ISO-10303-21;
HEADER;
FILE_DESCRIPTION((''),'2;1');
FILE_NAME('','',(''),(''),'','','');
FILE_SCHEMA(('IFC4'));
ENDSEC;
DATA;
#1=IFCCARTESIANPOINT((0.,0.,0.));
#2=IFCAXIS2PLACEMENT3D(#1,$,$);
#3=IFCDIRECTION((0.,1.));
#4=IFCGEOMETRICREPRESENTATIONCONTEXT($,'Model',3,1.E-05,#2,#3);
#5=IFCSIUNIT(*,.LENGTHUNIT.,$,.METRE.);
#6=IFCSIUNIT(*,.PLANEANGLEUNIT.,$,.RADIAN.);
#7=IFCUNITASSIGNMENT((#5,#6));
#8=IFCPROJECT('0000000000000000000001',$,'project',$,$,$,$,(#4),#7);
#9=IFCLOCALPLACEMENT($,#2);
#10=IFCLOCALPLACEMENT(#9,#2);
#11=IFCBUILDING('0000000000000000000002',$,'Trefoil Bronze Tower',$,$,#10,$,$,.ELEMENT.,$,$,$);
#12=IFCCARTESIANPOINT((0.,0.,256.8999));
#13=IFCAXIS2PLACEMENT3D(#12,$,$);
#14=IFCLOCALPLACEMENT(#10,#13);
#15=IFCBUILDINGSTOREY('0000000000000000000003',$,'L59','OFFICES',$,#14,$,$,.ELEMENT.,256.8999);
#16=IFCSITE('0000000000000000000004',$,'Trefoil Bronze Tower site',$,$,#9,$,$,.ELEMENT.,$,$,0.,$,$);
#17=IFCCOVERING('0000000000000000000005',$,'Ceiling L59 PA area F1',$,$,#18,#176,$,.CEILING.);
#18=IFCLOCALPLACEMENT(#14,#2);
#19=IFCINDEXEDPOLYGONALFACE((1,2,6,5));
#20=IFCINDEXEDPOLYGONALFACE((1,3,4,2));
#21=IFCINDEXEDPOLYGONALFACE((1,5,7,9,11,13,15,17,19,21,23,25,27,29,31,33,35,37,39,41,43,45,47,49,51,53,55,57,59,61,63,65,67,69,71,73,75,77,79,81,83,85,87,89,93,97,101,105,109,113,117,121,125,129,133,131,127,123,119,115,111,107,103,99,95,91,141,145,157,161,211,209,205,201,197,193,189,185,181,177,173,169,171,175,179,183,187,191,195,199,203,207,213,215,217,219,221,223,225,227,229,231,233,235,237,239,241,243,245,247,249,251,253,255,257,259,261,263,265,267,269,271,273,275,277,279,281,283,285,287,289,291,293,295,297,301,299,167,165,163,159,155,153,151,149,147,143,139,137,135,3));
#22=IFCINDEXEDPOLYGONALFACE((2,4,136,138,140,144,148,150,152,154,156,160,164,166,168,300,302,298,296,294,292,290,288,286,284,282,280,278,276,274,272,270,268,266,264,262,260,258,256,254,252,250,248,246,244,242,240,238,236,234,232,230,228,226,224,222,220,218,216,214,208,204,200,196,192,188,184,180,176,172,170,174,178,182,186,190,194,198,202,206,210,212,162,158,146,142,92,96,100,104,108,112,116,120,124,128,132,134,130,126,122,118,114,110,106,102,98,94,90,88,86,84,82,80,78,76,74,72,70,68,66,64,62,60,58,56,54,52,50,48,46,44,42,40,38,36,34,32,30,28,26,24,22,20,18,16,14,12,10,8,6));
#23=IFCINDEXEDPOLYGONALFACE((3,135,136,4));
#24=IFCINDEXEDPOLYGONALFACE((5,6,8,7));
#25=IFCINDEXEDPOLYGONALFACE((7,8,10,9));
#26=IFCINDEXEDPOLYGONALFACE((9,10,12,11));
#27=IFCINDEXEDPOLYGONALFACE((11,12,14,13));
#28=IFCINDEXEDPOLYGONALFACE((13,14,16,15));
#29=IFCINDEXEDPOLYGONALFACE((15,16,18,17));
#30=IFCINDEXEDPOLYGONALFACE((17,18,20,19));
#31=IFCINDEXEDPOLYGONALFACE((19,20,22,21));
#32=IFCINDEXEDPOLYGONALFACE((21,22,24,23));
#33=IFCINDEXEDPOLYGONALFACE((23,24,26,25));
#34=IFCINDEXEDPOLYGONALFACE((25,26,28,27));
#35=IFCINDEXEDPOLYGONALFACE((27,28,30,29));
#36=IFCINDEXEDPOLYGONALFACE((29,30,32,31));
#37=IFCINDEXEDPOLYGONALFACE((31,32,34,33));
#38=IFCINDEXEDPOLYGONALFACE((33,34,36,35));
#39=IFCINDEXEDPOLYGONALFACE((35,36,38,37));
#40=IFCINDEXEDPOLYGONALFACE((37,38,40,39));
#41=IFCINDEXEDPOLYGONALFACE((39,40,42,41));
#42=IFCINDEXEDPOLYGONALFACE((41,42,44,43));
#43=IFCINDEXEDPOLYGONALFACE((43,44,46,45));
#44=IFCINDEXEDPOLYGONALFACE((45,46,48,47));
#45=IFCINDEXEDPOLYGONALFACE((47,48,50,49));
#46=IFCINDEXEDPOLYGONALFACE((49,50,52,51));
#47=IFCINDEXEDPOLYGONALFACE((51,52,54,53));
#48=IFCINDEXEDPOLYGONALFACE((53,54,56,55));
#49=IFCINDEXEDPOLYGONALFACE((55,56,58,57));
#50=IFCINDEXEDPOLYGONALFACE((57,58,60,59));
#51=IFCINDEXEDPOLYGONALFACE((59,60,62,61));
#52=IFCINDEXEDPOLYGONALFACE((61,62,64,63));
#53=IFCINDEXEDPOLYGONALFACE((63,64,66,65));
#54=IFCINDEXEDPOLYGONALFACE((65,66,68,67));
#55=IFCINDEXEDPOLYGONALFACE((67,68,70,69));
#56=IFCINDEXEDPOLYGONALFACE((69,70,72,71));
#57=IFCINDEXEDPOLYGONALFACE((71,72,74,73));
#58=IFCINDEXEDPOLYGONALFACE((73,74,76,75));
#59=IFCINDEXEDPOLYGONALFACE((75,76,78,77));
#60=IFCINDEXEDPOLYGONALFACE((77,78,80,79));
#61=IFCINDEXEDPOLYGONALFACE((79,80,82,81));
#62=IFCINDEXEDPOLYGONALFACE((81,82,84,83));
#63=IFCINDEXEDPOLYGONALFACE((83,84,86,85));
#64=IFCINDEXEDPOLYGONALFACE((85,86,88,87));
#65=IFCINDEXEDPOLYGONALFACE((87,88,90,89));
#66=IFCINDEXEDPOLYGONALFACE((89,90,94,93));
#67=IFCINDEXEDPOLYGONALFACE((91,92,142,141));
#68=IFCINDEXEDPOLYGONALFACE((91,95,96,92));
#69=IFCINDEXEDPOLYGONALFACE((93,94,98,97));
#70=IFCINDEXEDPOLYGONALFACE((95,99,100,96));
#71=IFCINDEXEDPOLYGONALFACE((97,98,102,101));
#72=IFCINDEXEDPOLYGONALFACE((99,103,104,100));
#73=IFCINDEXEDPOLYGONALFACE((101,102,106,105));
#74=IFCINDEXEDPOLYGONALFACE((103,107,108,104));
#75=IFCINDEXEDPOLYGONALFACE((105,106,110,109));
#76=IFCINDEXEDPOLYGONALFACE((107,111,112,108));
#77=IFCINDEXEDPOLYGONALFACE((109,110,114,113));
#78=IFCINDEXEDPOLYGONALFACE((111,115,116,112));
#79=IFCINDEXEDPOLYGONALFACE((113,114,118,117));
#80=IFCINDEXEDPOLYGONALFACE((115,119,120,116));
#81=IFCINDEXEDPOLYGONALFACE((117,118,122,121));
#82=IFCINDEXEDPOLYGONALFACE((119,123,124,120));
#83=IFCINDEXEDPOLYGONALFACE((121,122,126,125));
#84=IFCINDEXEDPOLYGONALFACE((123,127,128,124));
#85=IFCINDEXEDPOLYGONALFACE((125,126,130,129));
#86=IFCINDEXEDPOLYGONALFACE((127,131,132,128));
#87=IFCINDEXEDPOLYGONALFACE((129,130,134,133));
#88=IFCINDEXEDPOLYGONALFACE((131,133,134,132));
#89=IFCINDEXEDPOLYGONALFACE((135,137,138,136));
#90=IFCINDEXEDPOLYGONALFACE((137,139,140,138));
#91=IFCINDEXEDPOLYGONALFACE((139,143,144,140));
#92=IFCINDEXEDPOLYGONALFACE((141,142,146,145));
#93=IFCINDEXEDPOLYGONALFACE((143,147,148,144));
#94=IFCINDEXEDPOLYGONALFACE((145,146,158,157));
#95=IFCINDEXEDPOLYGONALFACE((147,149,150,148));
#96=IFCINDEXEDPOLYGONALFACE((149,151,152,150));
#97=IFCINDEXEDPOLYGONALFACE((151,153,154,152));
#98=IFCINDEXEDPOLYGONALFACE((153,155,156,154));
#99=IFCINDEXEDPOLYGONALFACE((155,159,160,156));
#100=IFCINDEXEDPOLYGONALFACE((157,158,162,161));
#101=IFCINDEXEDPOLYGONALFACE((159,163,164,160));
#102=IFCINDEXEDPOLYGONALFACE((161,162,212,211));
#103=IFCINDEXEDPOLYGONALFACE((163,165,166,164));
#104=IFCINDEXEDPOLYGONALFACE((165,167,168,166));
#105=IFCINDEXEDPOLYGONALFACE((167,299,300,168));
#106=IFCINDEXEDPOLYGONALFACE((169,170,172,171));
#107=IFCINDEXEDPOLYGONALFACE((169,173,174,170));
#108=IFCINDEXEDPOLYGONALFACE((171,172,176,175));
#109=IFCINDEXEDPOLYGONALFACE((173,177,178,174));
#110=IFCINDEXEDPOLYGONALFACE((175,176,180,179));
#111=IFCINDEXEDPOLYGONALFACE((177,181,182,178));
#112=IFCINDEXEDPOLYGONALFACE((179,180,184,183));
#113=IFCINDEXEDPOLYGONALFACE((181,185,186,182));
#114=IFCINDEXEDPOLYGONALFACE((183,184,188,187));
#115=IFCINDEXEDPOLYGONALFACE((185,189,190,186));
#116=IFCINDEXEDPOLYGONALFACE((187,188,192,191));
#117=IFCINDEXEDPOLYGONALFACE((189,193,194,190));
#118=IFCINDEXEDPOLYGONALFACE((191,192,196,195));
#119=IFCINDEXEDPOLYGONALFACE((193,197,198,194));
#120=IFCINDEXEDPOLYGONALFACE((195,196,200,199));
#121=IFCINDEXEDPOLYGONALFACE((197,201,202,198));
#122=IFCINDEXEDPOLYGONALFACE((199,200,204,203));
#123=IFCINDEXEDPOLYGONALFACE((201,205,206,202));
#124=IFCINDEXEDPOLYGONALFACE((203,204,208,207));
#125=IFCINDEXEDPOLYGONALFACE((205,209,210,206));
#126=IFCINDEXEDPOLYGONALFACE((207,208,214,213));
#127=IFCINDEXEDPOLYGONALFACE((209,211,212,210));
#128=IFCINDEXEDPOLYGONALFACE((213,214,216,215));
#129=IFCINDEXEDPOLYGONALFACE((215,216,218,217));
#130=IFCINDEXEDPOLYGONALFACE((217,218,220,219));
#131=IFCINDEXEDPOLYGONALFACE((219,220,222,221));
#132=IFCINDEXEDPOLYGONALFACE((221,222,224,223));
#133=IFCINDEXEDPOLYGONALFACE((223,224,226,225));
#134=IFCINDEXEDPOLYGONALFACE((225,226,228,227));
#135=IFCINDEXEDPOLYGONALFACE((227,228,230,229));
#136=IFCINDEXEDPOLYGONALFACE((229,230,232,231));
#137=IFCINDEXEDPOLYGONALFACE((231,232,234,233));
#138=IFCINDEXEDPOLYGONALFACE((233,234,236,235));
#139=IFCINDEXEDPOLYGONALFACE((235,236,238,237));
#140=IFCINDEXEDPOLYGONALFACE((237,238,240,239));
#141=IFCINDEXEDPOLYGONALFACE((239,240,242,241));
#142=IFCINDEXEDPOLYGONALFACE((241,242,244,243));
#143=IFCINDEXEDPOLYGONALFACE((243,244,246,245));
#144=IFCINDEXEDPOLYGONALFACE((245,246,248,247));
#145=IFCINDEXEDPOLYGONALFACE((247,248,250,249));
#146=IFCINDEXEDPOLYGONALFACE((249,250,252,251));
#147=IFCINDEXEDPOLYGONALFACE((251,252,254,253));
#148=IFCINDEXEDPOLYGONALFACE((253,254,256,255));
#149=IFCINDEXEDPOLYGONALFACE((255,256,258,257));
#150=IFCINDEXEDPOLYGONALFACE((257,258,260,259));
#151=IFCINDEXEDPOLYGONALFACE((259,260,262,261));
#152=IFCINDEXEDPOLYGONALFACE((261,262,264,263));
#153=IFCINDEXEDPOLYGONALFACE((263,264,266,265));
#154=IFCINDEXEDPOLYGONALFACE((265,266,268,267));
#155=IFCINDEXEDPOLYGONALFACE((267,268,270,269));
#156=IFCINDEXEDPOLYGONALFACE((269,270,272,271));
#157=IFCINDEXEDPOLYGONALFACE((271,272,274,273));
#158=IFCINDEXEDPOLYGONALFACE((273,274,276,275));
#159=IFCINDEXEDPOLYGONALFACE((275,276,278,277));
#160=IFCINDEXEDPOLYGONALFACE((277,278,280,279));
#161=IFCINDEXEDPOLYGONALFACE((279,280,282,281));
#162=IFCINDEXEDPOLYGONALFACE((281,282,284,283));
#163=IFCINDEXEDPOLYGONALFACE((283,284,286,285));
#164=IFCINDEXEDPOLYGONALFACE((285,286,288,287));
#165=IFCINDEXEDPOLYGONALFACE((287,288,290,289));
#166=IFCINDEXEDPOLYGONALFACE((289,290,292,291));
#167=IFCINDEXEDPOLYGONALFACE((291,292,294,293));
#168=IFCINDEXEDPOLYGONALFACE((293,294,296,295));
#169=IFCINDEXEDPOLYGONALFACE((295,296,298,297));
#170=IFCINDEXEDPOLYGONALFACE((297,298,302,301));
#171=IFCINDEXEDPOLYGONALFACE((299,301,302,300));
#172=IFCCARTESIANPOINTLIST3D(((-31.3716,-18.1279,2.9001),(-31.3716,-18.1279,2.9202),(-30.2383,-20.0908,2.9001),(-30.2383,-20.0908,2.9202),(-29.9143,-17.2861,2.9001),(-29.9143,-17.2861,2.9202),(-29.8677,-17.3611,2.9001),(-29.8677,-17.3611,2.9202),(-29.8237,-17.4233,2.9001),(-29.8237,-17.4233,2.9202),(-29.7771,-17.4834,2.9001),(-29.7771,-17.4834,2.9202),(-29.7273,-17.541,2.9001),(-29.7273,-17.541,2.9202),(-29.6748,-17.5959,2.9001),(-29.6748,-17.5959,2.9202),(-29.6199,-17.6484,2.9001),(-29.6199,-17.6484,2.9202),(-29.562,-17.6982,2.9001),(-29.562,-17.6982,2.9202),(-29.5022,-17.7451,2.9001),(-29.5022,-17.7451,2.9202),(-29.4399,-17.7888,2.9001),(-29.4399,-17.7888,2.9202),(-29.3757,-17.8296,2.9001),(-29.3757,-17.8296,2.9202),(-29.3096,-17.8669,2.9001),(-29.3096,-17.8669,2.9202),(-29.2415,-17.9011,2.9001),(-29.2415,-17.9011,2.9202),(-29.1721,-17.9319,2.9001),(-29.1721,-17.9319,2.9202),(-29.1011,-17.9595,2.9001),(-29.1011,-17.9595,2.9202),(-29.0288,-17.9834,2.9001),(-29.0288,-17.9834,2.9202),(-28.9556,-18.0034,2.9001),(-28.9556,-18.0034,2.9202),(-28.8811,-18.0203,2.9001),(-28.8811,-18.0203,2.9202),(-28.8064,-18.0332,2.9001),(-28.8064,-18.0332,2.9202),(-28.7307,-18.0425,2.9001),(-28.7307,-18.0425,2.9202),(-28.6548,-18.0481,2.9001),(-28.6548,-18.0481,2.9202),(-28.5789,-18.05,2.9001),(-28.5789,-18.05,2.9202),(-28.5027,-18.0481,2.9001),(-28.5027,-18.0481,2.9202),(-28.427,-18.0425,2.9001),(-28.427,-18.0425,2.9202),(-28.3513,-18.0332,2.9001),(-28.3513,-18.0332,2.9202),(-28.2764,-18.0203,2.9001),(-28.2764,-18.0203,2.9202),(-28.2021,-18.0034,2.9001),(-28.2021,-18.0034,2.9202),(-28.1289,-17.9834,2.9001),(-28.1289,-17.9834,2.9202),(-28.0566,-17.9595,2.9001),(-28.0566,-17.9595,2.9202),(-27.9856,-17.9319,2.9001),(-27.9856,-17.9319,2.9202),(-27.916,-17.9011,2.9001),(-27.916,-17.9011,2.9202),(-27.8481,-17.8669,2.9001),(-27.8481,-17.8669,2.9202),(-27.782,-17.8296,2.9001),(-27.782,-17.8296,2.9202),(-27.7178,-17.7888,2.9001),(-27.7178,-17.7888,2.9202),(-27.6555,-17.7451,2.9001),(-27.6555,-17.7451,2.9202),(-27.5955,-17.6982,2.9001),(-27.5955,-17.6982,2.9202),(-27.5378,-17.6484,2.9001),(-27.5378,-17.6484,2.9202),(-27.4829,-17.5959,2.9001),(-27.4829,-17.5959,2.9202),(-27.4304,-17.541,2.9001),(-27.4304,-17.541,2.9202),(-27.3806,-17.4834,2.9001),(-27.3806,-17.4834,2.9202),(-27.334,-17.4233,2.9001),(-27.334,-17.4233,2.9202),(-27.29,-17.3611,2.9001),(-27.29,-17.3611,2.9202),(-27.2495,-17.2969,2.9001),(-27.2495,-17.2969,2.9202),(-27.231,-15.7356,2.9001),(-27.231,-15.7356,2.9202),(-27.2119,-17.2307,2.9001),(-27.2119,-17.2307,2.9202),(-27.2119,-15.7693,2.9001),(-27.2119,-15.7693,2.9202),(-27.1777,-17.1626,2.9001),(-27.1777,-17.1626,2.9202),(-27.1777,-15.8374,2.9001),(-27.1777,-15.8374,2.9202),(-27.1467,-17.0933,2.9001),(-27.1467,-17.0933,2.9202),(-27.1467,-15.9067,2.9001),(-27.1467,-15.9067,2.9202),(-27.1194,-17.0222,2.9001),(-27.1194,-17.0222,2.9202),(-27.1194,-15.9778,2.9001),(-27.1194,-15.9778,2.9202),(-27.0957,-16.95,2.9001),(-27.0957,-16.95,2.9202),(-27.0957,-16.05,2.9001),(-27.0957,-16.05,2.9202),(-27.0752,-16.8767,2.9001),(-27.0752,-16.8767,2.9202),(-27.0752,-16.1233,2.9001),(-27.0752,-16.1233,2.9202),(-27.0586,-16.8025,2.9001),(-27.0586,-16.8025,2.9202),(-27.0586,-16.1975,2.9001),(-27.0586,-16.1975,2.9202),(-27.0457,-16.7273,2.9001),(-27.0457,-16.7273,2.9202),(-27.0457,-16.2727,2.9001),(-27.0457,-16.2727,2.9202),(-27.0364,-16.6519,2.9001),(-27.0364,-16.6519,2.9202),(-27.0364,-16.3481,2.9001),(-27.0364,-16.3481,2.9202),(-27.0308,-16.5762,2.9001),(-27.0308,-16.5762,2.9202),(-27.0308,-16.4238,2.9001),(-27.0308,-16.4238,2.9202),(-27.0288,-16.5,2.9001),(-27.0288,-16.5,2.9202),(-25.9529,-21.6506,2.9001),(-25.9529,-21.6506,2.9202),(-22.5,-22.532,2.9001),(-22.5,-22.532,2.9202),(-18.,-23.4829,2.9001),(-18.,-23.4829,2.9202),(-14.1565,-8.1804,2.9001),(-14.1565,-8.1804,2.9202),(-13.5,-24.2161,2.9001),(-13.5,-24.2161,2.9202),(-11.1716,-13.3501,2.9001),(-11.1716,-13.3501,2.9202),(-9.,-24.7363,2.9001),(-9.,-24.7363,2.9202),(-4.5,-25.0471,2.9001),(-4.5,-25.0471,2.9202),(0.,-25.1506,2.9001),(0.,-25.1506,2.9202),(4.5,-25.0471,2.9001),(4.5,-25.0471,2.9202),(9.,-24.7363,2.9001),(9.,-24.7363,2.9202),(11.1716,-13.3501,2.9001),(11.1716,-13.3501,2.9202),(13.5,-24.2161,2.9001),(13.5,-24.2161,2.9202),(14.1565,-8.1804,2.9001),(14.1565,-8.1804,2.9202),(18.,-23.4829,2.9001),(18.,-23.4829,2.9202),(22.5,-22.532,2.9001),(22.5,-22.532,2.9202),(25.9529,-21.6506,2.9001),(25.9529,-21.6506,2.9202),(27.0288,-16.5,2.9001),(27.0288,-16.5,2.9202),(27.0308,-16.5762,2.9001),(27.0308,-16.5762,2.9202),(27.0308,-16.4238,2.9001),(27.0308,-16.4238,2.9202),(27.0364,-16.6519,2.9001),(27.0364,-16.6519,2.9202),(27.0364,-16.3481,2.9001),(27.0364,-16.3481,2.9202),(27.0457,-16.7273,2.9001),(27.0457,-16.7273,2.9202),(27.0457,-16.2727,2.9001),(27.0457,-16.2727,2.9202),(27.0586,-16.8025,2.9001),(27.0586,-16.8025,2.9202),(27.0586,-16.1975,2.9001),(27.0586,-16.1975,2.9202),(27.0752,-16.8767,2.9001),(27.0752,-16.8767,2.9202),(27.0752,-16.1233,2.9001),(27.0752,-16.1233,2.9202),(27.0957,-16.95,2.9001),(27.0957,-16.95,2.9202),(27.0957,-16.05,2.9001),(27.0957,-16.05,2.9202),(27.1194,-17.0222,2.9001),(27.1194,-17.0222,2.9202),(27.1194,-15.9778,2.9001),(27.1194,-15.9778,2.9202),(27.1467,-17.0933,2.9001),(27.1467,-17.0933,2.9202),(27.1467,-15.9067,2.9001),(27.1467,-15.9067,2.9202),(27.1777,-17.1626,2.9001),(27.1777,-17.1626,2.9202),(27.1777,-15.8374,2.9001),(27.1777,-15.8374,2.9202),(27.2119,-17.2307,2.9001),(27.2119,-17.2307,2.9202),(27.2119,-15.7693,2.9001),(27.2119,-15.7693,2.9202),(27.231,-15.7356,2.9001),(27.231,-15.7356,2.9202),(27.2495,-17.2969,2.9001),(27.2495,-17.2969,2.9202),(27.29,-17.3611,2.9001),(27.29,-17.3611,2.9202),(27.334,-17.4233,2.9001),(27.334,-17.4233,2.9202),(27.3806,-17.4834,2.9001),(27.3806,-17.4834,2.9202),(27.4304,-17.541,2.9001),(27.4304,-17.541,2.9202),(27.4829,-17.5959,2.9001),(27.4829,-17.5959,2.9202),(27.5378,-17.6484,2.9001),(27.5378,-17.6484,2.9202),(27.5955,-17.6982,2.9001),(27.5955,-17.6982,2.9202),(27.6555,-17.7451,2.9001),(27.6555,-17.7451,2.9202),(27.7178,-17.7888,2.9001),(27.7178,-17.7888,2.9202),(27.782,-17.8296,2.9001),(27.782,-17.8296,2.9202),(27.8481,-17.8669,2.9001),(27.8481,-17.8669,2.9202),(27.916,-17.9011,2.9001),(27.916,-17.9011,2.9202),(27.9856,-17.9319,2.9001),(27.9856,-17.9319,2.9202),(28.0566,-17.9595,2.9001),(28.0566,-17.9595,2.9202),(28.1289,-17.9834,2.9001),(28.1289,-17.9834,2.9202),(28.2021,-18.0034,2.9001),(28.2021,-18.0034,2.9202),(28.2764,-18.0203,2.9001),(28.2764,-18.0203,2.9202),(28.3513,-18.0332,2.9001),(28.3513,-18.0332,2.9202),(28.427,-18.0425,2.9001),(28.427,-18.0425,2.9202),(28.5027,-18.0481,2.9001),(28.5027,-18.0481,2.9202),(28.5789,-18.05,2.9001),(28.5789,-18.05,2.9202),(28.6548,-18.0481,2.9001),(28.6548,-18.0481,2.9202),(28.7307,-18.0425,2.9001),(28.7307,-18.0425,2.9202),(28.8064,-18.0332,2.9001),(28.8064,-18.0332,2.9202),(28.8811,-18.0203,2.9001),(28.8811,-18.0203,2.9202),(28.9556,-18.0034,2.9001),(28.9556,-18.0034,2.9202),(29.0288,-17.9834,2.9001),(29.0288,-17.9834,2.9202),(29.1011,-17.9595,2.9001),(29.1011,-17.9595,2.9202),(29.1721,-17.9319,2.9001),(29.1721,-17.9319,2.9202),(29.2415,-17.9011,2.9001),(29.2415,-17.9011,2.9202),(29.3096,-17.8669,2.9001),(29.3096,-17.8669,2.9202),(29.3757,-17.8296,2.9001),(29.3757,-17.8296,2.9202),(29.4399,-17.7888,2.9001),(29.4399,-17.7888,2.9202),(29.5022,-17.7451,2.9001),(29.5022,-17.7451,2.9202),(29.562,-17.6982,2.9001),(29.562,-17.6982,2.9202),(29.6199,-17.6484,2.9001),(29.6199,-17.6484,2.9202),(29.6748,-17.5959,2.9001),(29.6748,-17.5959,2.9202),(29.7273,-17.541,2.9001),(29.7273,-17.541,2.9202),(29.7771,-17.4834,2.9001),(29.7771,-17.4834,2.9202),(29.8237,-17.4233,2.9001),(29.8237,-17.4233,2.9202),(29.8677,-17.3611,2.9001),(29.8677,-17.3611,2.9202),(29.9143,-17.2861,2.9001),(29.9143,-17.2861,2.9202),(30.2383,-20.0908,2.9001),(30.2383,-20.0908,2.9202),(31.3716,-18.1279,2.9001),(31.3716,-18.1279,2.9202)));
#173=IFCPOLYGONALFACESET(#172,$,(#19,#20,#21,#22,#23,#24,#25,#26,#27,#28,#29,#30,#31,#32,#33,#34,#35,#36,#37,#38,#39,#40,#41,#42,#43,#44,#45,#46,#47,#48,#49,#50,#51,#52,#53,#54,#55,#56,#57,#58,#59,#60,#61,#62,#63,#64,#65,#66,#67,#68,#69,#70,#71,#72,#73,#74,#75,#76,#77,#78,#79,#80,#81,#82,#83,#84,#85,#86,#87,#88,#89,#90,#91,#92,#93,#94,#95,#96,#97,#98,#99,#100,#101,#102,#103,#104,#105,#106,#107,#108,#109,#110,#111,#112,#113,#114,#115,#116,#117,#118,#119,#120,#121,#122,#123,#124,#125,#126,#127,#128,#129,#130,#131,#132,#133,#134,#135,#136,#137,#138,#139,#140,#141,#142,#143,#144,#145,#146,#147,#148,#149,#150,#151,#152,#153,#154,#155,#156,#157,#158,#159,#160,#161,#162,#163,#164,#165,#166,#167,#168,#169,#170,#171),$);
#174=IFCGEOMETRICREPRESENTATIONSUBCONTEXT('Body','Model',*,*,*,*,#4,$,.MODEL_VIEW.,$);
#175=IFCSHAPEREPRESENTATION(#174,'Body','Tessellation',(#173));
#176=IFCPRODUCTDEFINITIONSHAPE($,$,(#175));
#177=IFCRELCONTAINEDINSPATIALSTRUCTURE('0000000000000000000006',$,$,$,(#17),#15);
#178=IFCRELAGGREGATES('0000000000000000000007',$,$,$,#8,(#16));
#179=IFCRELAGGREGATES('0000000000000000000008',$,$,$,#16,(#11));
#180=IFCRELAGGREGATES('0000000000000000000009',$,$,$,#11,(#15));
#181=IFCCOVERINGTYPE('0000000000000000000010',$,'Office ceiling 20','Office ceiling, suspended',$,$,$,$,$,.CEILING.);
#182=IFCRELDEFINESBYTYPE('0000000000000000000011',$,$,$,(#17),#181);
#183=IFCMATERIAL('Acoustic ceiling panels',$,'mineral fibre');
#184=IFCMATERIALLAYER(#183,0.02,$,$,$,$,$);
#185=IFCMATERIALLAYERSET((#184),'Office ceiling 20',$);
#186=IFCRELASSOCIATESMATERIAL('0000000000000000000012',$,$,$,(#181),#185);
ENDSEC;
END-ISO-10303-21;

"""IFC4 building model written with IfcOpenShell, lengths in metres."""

from ifc_helpers import new_model, si_unit, direction, frame, origin, place, context, subcontext, project, spatial, polyline, outline, extrude, material, layer, layer_set, type_object, element, save


model = new_model("IFC4")

# Units and contexts
model_context = context("Model", 3, precision=1e-05, world=origin(), true_north=direction((0.0, 1.0)))
body_context = subcontext(model_context, "Body", "Model", "MODEL_VIEW")
ifc_project = project(units=[si_unit("LENGTHUNIT", "METRE"), si_unit("PLANEANGLEUNIT", "RADIAN")], contexts=[model_context])

# Site, building, storey
site_placement = place(None, origin())
site = spatial("IfcSite", under=ifc_project, at=site_placement, Name="Trefoil Bronze Tower site", CompositionType="ELEMENT", RefElevation=0.0)
building_placement = place(site_placement, origin())
building = spatial("IfcBuilding", under=site, at=building_placement, Name="Trefoil Bronze Tower", CompositionType="ELEMENT")
storey_placement = place(building_placement, frame((0.0, 0.0, 256.8999)))
storey = spatial("IfcBuildingStorey", under=building, at=storey_placement, Name="L59", Description="OFFICES", CompositionType="ELEMENT", Elevation=256.8999)

# Covering
ifc_material_1 = material(Name="Acoustic ceiling panels", Category="mineral fibre")
ifc_layer_1 = layer(ifc_material_1, 0.02)
ifc_layer_set_1 = layer_set([ifc_layer_1], Name="Office ceiling 20")
covering_type_1 = type_object("IfcCoveringType", Name="Office ceiling 20", Description="Office ceiling, suspended", PredefinedType="CEILING", material=ifc_layer_set_1)
covering_1_placement = place(storey_placement, frame((0.0, 0.0, 2.9001)))
element("IfcCovering", 1, at=covering_1_placement, inside=storey, type_object=covering_type_1, Name="Ceiling L59 PA area F1", PredefinedType="CEILING", context=body_context, shape_type="SweptSolid", body=[
    extrude(outline(polyline([(-29.8677, -17.3611), (-29.8237, -17.4233), (-29.7771, -17.4834), (-29.7273, -17.541), (-29.6748, -17.5959), (-29.6199, -17.6484), (-29.562, -17.6982), (-29.5022, -17.7451), (-29.4399, -17.7888), (-29.3757, -17.8296), (-29.3096, -17.8669), (-29.2415, -17.9011), (-29.1721, -17.9319), (-29.1011, -17.9595), (-29.0288, -17.9834), (-28.9556, -18.0034), (-28.8811, -18.0203), (-28.8064, -18.0332), (-28.7307, -18.0425), (-28.6548, -18.0481), (-28.5789, -18.05), (-28.5027, -18.0481), (-28.427, -18.0425), (-28.3513, -18.0332), (-28.2764, -18.0203), (-28.2021, -18.0034), (-28.1289, -17.9834), (-28.0566, -17.9595), (-27.9856, -17.9319), (-27.916, -17.9011), (-27.8481, -17.8669), (-27.782, -17.8296), (-27.7178, -17.7888), (-27.6555, -17.7451), (-27.5955, -17.6982), (-27.5378, -17.6484), (-27.4829, -17.5959), (-27.4304, -17.541), (-27.3806, -17.4834), (-27.334, -17.4233), (-27.29, -17.3611), (-27.2495, -17.2969), (-27.2119, -17.2307), (-27.1777, -17.1626), (-27.1467, -17.0933), (-27.1194, -17.0222), (-27.0957, -16.95), (-27.0752, -16.8767), (-27.0586, -16.8025), (-27.0457, -16.7273), (-27.0364, -16.6519), (-27.0308, -16.5762), (-27.0288, -16.5), (-27.0308, -16.4238), (-27.0364, -16.3481), (-27.0457, -16.2727), (-27.0586, -16.1975), (-27.0752, -16.1233), (-27.0957, -16.05), (-27.1194, -15.9778), (-27.1467, -15.9067), (-27.1777, -15.8374), (-27.2119, -15.7693), (-27.231, -15.7356), (-14.1565, -8.1804), (-11.1716, -13.3501), (11.1716, -13.3501), (14.1565, -8.1804), (27.231, -15.7356), (27.2119, -15.7693), (27.1777, -15.8374), (27.1467, -15.9067), (27.1194, -15.9778), (27.0957, -16.05), (27.0752, -16.1233), (27.0586, -16.1975), (27.0457, -16.2727), (27.0364, -16.3481), (27.0308, -16.4238), (27.0288, -16.5), (27.0308, -16.5762), (27.0364, -16.6519), (27.0457, -16.7273), (27.0586, -16.8025), (27.0752, -16.8767), (27.0957, -16.95), (27.1194, -17.0222), (27.1467, -17.0933), (27.1777, -17.1626), (27.2119, -17.2307), (27.2495, -17.2969), (27.29, -17.3611), (27.334, -17.4233), (27.3806, -17.4834), (27.4304, -17.541), (27.4829, -17.5959), (27.5378, -17.6484), (27.5955, -17.6982), (27.6555, -17.7451), (27.7178, -17.7888), (27.782, -17.8296), (27.8481, -17.8669), (27.916, -17.9011), (27.9856, -17.9319), (28.0566, -17.9595), (28.1289, -17.9834), (28.2021, -18.0034), (28.2764, -18.0203), (28.3513, -18.0332), (28.427, -18.0425), (28.5027, -18.0481), (28.5789, -18.05), (28.6548, -18.0481), (28.7307, -18.0425), (28.8064, -18.0332), (28.8811, -18.0203), (28.9556, -18.0034), (29.0288, -17.9834), (29.1011, -17.9595), (29.1721, -17.9319), (29.2415, -17.9011), (29.3096, -17.8669), (29.3757, -17.8296), (29.4399, -17.7888), (29.5022, -17.7451), (29.562, -17.6982), (29.6199, -17.6484), (29.6748, -17.5959), (29.7273, -17.541), (29.7771, -17.4834), (29.8237, -17.4233), (29.8677, -17.3611), (29.9143, -17.2861), (31.3716, -18.1279), (30.2383, -20.0908), (25.9529, -21.6506), (22.5, -22.532), (18.0, -23.4829), (13.5, -24.2161), (9.0, -24.7363), (4.5, -25.0471), (0.0, -25.1506), (-4.5, -25.0471), (-9.0, -24.7363), (-13.5, -24.2161), (-18.0, -23.4829), (-22.5, -22.532), (-25.9529, -21.6506), (-30.2383, -20.0908), (-31.3716, -18.1279), (-29.9143, -17.2861), (-29.8677, -17.3611)])), origin(), (0.0, 0.0, 1.0), 0.02),
])

save(model, "model.ifc")
